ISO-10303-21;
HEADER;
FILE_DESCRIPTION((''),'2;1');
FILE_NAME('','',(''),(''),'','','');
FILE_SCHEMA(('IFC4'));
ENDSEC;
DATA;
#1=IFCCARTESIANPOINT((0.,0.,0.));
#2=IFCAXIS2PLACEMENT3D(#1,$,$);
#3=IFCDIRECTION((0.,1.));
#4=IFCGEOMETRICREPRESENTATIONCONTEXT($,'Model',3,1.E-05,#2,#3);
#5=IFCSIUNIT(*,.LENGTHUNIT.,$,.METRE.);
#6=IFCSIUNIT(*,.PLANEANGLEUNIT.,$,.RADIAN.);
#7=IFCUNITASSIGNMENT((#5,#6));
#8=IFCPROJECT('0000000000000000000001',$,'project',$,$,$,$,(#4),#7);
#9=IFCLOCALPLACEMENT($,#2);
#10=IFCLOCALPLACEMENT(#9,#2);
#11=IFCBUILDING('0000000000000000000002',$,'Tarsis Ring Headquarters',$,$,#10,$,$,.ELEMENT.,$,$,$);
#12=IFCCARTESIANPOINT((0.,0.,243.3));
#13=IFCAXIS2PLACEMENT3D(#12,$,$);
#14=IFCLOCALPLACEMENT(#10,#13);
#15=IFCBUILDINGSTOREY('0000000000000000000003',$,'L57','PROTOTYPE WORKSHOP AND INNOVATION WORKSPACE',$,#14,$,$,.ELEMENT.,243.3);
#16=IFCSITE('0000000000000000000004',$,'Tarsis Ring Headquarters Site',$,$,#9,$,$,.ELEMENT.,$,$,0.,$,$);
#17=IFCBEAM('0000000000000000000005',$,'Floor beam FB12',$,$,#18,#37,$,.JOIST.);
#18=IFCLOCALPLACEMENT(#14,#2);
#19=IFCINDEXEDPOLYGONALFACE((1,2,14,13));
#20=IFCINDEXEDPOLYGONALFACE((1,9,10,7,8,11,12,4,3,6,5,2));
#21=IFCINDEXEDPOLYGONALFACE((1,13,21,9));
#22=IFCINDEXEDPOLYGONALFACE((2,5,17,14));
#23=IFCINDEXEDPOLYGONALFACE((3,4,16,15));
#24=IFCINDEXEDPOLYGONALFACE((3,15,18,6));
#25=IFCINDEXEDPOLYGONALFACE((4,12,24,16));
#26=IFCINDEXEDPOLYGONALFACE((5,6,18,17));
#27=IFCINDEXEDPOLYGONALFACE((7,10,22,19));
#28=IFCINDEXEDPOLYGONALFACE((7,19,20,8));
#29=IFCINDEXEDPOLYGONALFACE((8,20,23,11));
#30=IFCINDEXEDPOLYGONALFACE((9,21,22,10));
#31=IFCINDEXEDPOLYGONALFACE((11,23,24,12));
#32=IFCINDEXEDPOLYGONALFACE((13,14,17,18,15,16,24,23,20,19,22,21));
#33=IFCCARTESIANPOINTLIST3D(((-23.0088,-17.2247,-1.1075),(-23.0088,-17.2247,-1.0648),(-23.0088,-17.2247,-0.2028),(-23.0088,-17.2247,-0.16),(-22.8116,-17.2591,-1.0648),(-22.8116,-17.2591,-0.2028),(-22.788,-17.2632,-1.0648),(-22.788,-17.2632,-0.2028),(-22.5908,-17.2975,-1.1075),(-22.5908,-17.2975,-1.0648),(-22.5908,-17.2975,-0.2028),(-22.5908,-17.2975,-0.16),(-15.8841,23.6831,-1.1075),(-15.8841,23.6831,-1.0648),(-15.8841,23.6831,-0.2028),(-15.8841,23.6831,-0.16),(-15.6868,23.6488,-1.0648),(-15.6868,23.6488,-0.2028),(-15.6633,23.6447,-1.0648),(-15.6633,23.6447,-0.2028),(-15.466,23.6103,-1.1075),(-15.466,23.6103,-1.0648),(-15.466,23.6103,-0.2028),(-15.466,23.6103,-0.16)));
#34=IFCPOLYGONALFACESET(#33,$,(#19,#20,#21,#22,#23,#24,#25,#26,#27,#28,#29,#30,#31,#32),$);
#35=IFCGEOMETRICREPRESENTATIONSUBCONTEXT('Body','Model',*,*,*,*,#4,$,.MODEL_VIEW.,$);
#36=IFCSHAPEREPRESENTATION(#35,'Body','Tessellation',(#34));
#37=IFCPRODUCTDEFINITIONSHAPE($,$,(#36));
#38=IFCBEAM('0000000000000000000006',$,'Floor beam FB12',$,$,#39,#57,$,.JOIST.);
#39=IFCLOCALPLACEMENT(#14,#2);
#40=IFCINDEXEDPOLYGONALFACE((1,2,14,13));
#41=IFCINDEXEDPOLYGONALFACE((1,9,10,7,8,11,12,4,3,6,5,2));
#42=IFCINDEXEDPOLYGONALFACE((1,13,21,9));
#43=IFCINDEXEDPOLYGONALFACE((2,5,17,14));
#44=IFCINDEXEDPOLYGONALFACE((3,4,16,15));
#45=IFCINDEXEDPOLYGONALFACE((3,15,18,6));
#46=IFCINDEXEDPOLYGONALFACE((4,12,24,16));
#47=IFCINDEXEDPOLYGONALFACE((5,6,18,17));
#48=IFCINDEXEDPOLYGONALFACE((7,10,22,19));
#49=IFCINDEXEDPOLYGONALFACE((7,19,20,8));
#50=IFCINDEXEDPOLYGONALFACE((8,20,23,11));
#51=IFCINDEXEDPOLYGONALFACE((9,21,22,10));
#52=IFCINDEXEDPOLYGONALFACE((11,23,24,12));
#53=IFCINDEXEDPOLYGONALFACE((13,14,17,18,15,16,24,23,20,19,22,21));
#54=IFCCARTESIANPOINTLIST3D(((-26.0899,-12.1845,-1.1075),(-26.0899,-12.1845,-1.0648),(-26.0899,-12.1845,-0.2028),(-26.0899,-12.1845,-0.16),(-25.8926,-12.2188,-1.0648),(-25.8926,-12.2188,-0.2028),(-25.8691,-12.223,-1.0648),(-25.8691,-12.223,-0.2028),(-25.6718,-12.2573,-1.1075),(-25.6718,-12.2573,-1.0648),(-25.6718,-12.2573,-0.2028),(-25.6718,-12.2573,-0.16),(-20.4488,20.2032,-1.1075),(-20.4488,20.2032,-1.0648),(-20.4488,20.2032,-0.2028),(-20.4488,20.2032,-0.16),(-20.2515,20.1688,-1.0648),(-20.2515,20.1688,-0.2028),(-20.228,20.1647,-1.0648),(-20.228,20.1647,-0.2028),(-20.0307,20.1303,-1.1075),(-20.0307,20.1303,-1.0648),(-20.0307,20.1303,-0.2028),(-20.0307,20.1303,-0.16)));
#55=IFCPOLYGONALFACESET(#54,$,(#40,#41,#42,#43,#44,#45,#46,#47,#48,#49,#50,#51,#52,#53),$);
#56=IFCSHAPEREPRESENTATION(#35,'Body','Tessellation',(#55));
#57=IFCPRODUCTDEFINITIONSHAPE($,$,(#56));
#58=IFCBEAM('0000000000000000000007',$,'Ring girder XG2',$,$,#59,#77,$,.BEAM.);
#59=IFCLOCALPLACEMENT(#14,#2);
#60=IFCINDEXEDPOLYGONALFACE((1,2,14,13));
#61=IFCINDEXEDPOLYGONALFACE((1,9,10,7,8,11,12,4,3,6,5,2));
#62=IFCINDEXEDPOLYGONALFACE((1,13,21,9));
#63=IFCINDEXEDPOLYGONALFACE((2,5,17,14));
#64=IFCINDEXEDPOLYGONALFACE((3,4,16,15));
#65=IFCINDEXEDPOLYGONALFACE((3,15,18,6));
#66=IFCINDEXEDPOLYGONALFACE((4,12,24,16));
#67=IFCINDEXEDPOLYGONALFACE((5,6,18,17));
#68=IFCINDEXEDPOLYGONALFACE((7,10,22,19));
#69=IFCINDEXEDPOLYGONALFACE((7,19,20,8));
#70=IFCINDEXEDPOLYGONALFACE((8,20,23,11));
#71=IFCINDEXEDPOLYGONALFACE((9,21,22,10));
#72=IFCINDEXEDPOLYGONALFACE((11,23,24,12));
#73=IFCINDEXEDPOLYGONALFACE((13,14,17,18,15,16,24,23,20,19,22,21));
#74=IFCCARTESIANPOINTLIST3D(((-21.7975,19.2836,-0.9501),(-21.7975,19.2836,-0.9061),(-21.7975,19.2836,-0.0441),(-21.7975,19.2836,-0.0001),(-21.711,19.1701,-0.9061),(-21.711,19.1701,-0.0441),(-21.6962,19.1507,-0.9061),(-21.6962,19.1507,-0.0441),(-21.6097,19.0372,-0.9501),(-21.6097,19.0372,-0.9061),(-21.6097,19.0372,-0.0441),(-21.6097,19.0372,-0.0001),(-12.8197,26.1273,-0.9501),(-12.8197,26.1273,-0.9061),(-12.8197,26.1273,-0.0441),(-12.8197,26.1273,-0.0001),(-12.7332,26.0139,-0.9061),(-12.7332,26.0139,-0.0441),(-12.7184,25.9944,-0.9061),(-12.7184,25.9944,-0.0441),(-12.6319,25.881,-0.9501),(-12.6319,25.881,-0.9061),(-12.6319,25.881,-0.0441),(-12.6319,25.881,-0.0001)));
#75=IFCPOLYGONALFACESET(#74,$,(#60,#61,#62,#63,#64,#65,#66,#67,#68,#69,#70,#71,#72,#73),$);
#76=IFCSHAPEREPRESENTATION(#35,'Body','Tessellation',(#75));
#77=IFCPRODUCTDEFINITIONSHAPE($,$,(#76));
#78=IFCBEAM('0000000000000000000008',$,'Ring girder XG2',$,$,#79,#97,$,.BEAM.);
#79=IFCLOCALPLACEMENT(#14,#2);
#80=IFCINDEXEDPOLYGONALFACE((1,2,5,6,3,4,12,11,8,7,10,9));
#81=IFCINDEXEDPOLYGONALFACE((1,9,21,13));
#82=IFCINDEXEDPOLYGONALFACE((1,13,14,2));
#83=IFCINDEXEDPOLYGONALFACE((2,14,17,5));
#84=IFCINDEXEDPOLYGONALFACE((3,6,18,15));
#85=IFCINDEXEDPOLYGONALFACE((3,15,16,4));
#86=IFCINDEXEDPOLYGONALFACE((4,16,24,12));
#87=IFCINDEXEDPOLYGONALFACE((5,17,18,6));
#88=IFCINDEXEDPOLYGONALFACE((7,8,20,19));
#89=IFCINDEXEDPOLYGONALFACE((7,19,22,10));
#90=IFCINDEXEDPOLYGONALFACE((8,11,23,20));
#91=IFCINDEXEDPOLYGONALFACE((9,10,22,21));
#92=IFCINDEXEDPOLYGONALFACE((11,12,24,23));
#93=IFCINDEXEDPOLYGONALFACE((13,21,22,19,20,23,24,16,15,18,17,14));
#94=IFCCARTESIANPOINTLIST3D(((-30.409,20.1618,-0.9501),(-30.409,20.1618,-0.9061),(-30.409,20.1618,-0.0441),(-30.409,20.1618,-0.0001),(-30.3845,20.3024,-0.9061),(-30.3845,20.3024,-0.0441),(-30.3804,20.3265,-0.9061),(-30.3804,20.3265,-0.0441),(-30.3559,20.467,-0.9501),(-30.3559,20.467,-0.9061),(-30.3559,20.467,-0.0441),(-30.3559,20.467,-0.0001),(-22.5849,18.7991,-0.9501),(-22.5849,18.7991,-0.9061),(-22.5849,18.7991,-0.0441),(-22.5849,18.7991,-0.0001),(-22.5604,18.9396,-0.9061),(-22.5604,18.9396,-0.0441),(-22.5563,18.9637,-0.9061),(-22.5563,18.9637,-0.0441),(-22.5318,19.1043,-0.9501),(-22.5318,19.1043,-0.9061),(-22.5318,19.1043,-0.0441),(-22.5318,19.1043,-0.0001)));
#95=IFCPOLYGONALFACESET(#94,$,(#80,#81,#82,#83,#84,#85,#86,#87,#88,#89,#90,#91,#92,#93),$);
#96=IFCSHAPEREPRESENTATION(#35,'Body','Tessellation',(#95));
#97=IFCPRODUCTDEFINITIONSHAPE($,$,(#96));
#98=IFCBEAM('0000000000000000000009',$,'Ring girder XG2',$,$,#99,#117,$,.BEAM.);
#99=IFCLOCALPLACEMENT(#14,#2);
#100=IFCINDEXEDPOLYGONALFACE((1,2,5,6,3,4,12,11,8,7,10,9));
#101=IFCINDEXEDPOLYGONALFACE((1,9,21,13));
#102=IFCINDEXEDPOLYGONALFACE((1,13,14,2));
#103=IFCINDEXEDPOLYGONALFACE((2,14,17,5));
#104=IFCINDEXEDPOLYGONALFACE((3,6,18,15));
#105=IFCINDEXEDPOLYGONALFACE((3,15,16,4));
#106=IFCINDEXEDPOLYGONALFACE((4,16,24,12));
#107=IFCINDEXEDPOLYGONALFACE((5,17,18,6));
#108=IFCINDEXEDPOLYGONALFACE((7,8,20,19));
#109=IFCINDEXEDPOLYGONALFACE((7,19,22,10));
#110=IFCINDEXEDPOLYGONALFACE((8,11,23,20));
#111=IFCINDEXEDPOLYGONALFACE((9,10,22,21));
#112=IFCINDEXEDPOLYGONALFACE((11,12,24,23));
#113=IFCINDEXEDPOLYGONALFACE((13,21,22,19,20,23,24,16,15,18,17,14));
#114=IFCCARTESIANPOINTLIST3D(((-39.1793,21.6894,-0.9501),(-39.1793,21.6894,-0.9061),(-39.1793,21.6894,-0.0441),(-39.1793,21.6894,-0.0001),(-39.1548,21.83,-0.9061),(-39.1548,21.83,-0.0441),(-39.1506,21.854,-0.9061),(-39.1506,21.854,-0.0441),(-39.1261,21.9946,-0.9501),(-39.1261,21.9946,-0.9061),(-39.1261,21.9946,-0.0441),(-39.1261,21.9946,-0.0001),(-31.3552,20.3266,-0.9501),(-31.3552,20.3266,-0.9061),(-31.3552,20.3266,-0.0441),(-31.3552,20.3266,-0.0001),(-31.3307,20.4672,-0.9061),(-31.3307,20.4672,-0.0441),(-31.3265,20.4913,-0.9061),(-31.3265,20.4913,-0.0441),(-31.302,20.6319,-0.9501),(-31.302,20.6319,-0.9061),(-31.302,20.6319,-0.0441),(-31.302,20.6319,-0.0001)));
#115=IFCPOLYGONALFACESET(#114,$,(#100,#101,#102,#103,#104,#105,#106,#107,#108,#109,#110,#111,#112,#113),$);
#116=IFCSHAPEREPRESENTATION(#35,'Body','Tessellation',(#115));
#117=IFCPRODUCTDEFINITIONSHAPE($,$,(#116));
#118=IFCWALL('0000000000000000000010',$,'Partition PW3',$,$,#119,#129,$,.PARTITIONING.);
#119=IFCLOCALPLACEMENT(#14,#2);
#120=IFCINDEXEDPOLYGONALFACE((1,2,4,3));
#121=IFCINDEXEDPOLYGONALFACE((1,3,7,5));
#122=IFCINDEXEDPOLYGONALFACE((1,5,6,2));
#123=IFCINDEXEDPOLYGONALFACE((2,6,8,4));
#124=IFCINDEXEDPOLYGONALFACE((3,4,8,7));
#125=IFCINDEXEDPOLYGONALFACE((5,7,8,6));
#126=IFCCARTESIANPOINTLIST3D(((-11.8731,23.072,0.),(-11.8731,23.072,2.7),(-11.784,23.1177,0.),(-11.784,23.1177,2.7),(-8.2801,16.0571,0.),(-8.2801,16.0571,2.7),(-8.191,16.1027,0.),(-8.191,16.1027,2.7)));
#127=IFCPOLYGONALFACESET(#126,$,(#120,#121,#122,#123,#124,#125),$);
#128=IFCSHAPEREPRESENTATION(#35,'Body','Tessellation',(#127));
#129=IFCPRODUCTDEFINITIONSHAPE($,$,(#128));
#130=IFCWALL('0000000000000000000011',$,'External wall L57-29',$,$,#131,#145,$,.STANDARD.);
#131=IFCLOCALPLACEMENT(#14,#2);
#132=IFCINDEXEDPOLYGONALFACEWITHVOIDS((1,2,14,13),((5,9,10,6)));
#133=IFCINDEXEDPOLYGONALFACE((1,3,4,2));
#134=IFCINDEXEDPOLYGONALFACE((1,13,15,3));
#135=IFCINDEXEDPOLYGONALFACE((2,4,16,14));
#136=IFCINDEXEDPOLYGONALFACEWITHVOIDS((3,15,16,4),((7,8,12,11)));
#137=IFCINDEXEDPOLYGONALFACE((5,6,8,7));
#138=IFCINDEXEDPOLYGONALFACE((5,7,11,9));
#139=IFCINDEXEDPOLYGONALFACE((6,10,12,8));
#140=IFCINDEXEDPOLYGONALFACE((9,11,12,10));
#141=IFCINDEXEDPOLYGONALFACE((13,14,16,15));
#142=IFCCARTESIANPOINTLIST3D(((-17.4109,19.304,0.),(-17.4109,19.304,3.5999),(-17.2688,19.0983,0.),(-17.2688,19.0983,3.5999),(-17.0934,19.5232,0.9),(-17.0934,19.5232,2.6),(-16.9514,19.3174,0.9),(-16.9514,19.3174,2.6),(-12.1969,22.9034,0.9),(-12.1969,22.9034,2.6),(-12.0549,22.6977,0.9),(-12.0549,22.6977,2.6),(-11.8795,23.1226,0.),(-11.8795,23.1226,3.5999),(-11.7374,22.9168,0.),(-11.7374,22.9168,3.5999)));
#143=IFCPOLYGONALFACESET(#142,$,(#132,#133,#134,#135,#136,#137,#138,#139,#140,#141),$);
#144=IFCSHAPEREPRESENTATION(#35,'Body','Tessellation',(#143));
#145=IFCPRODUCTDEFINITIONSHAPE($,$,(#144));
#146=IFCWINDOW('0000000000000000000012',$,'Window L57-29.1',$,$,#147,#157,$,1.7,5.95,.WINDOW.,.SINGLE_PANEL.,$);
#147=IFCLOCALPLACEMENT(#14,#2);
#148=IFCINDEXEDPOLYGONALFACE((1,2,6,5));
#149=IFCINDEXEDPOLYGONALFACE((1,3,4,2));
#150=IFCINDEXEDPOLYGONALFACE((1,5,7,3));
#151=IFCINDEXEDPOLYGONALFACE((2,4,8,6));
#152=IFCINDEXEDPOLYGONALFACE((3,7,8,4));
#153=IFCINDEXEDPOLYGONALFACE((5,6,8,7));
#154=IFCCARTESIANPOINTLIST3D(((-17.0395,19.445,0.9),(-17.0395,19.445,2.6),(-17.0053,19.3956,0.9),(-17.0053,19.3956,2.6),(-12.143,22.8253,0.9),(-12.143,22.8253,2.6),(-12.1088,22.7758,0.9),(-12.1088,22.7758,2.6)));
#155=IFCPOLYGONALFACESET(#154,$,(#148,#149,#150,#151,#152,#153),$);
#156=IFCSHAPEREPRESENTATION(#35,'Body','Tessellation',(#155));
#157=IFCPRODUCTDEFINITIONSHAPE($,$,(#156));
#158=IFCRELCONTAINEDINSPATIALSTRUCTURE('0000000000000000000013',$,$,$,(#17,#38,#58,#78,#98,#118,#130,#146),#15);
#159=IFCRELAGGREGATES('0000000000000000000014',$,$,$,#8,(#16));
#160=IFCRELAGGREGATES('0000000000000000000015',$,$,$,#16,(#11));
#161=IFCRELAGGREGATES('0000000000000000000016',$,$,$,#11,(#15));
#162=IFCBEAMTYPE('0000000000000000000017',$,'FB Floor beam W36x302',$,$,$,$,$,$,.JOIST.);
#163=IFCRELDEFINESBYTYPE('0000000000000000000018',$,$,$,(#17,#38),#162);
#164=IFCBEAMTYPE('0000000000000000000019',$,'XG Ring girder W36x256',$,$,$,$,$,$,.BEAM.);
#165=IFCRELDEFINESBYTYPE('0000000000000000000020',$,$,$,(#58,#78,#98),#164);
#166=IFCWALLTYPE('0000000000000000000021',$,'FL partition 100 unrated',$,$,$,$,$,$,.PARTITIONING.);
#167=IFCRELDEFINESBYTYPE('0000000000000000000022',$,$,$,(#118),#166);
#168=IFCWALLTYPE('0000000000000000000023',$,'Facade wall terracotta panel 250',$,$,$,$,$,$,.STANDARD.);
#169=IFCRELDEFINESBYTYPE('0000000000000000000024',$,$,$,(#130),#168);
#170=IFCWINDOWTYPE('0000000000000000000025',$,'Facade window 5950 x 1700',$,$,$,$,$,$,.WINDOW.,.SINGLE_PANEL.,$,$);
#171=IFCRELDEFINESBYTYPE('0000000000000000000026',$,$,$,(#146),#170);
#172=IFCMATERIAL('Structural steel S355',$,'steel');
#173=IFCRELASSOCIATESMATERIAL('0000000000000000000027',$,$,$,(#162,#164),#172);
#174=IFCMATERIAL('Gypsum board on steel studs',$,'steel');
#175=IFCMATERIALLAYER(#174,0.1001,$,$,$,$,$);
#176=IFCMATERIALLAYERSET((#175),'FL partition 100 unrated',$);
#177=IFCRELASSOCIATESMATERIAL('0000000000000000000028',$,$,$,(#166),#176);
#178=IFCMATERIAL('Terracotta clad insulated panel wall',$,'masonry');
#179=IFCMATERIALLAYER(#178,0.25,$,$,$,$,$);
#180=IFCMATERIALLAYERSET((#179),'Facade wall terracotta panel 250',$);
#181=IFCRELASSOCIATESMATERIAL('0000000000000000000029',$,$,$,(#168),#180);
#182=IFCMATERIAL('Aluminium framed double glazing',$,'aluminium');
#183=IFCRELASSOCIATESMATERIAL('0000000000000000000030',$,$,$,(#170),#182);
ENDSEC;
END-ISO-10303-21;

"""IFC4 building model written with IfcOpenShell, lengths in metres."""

from ifc_helpers import new_model, si_unit, direction, frame, frame_2d, origin, origin_2d, place, context, subcontext, project, spatial, rectangle, i_section, extrude, material, layer, layer_set, material_profile, profile_set, type_object, element, fill, save


model = new_model("IFC4")

# Units and contexts
model_context = context("Model", 3, precision=1e-05, world=origin(), true_north=direction((0.0, 1.0)))
body_context = subcontext(model_context, "Body", "Model", "MODEL_VIEW")
ifc_project = project(units=[si_unit("LENGTHUNIT", "METRE"), si_unit("PLANEANGLEUNIT", "RADIAN")], contexts=[model_context])

# Site, building, storey
site_placement = place(None, origin())
site = spatial("IfcSite", under=ifc_project, at=site_placement, Name="Tarsis Ring Headquarters Site", CompositionType="ELEMENT", RefElevation=0.0)
building_placement = place(site_placement, origin())
building = spatial("IfcBuilding", under=site, at=building_placement, Name="Tarsis Ring Headquarters", CompositionType="ELEMENT")
storey_placement = place(building_placement, frame((0.0, 0.0, 243.3)))
storey = spatial("IfcBuildingStorey", under=building, at=storey_placement, Name="L57", Description="PROTOTYPE WORKSHOP AND INNOVATION WORKSPACE", CompositionType="ELEMENT", Elevation=243.3)

# Shared definitions
ifc_material_1 = material(Name="Structural steel S355", Category="steel")

# Beams
ifc_material_profile_1 = material_profile(ifc_material_1, i_section(OverallWidth=0.3098, OverallDepth=0.95, WebThickness=0.0244, FlangeThickness=0.0439, at=origin_2d()), Name="W36x256")
ifc_profile_set_1 = profile_set([ifc_material_profile_1], Name="Structural steel S355")
ifc_material_profile_2 = material_profile(ifc_material_1, i_section(OverallWidth=0.4243, OverallDepth=0.9475, WebThickness=0.0239, FlangeThickness=0.0427, at=origin_2d()), Name="W36x302")
ifc_profile_set_2 = profile_set([ifc_material_profile_2], Name="Structural steel S355")
beam_type_1 = type_object("IfcBeamType", Name="FB Floor beam W36x302", PredefinedType="JOIST", material=ifc_profile_set_2)
beam_1_placement = place(storey_placement, frame((-15.675, 23.6467, -0.6338), z_axis=(-0.171583, -0.98517, 0.0), x_axis=(0.98517, -0.171583, 0.0)))
element("IfcBeam", 1, at=beam_1_placement, inside=storey, type_object=beam_type_1, Name="Floor beam FB12", PredefinedType="JOIST", context=body_context, shape_type="SweptSolid", body=[
    extrude(i_section(OverallWidth=0.4243, OverallDepth=0.9475, WebThickness=0.0239, FlangeThickness=0.0427, at=origin_2d()), origin(), (0.0, 0.0, 1.0), 41.5237),
])
beam_2_placement = place(storey_placement, frame((-20.2397, 20.1667, -0.6338), z_axis=(-0.171591, -0.985168, 0.0), x_axis=(0.985168, -0.171591, 0.0)))
element("IfcBeam", 2, at=beam_2_placement, inside=storey, type_object=beam_type_1, Name="Floor beam FB12", PredefinedType="JOIST", context=body_context, shape_type="SweptSolid", body=[
    extrude(i_section(OverallWidth=0.4243, OverallDepth=0.9475, WebThickness=0.0239, FlangeThickness=0.0427, at=origin_2d()), origin(), (0.0, 0.0, 1.0), 32.8752),
])
beam_type_2 = type_object("IfcBeamType", Name="XG Ring girder W36x256", PredefinedType="BEAM", material=ifc_profile_set_1)
beam_3_placement = place(storey_placement, frame((-12.7258, 26.0042, -0.4751), z_axis=(-0.795281, -0.606241, 0.0), x_axis=(0.606241, -0.795281, 0.0)))
element("IfcBeam", 3, at=beam_3_placement, inside=storey, type_object=beam_type_2, Name="Ring girder XG2", PredefinedType="BEAM", context=body_context, shape_type="SweptSolid", body=[
    extrude(i_section(OverallWidth=0.3098, OverallDepth=0.95, WebThickness=0.0244, FlangeThickness=0.0439, at=origin_2d()), origin(), (0.0, 0.0, 1.0), 11.2888),
])
for number, where, z_axis, x_axis, name in (
    (4, (-22.5583, 18.9517, -0.4751), (-0.985168, 0.171593, 0.0), (-0.171593, -0.985168, 0.0), "Ring girder XG2"),
    (5, (-31.3286, 20.4792, -0.4751), (-0.985168, 0.171593, 0.0), (-0.171593, -0.985168, 0.0), "Ring girder XG2"),
):
    element("IfcBeam", number, at=place(storey_placement, frame(where, z_axis=z_axis, x_axis=x_axis)), inside=storey, type_object=beam_type_2, Name=name, PredefinedType="BEAM", context=body_context, shape_type="SweptSolid", body=[
        extrude(i_section(OverallWidth=0.3098, OverallDepth=0.95, WebThickness=0.0244, FlangeThickness=0.0439, at=origin_2d()), origin(), (0.0, 0.0, 1.0), 7.9419),
    ])

# Wall
ifc_material_2 = material(Name="Gypsum board on steel studs", Category="steel")
ifc_layer_1 = layer(ifc_material_2, 0.1001)
ifc_layer_set_1 = layer_set([ifc_layer_1], Name="FL partition 100 unrated")
wall_type_1 = type_object("IfcWallType", Name="FL partition 100 unrated", PredefinedType="PARTITIONING", material=ifc_layer_set_1)
wall_1_placement = place(storey_placement, frame((-11.8286, 23.095, 0.0), z_axis=(0.0, 0.0, 1.0), x_axis=(0.455878, -0.890042, 0.0)))
element("IfcWall", 6, at=wall_1_placement, inside=storey, type_object=wall_type_1, Name="Partition PW3", PredefinedType="PARTITIONING", context=body_context, shape_type="SweptSolid", body=[
    extrude(rectangle(XDim=7.8816, YDim=0.1001, at=frame_2d((3.9409, 0.0))), origin(), (0.0, 0.0, 1.0), 2.7),
])

# Wall, opening, window
ifc_material_3 = material(Name="Terracotta clad insulated panel wall", Category="masonry")
ifc_layer_2 = layer(ifc_material_3, 0.25)
ifc_layer_set_2 = layer_set([ifc_layer_2], Name="Facade wall terracotta panel 250")
wall_type_2 = type_object("IfcWallType", Name="Facade wall terracotta panel 250", PredefinedType="STANDARD", material=ifc_layer_set_2)
wall_2_placement = place(storey_placement, frame((-11.8083, 23.0198, 0.0), z_axis=(0.0, 0.0, 1.0), x_axis=(-0.82295, -0.568114, 0.0)))
wall_2 = element("IfcWall", 7, at=wall_2_placement, inside=storey, type_object=wall_type_2, Name="External wall L57-29", PredefinedType="STANDARD", context=body_context, shape_type="SweptSolid", body=[
    extrude(rectangle(XDim=6.7214, YDim=0.25, at=frame_2d((3.3608, 0.0))), origin(), (0.0, 0.0, 1.0), 3.5999),
])
opening_1_placement = place(wall_2_placement, frame((0.3857, 0.0, 0.8999)))
opening_1 = element("IfcOpeningElement", 8, at=opening_1_placement, cuts=wall_2, PredefinedType="OPENING", context=body_context, shape_type="SweptSolid", body=[
    extrude(rectangle(XDim=5.95, YDim=1.7, at=frame_2d((2.9751, 0.8501))), frame((0.0, 0.135, 0.0), z_axis=(0.0, -1.0, 0.0), x_axis=(1.0, 0.0, 0.0)), (0.0, 0.0, 1.0), 0.27),
])
ifc_material_4 = material(Name="Aluminium framed double glazing", Category="aluminium")
window_type_1 = type_object("IfcWindowType", Name="Facade window 5950 x 1700", PartitioningType="SINGLE_PANEL", PredefinedType="WINDOW", material=ifc_material_4)
window_1_placement = place(opening_1_placement, origin())
window_1 = element("IfcWindow", 9, at=window_1_placement, inside=storey, type_object=window_type_1, Name="Window L57-29.1", OverallHeight=1.7, OverallWidth=5.95, PartitioningType="SINGLE_PANEL", PredefinedType="WINDOW", context=body_context, shape_type="SweptSolid", body=[
    extrude(rectangle(XDim=5.95, YDim=1.7, at=frame_2d((2.9751, 0.8501))), frame((0.0, 0.03, 0.0), z_axis=(0.0, -1.0, 0.0), x_axis=(1.0, 0.0, 0.0)), (0.0, 0.0, 1.0), 0.0601),
])
fill(opening_1, window_1)

save(model, "model.ifc")
